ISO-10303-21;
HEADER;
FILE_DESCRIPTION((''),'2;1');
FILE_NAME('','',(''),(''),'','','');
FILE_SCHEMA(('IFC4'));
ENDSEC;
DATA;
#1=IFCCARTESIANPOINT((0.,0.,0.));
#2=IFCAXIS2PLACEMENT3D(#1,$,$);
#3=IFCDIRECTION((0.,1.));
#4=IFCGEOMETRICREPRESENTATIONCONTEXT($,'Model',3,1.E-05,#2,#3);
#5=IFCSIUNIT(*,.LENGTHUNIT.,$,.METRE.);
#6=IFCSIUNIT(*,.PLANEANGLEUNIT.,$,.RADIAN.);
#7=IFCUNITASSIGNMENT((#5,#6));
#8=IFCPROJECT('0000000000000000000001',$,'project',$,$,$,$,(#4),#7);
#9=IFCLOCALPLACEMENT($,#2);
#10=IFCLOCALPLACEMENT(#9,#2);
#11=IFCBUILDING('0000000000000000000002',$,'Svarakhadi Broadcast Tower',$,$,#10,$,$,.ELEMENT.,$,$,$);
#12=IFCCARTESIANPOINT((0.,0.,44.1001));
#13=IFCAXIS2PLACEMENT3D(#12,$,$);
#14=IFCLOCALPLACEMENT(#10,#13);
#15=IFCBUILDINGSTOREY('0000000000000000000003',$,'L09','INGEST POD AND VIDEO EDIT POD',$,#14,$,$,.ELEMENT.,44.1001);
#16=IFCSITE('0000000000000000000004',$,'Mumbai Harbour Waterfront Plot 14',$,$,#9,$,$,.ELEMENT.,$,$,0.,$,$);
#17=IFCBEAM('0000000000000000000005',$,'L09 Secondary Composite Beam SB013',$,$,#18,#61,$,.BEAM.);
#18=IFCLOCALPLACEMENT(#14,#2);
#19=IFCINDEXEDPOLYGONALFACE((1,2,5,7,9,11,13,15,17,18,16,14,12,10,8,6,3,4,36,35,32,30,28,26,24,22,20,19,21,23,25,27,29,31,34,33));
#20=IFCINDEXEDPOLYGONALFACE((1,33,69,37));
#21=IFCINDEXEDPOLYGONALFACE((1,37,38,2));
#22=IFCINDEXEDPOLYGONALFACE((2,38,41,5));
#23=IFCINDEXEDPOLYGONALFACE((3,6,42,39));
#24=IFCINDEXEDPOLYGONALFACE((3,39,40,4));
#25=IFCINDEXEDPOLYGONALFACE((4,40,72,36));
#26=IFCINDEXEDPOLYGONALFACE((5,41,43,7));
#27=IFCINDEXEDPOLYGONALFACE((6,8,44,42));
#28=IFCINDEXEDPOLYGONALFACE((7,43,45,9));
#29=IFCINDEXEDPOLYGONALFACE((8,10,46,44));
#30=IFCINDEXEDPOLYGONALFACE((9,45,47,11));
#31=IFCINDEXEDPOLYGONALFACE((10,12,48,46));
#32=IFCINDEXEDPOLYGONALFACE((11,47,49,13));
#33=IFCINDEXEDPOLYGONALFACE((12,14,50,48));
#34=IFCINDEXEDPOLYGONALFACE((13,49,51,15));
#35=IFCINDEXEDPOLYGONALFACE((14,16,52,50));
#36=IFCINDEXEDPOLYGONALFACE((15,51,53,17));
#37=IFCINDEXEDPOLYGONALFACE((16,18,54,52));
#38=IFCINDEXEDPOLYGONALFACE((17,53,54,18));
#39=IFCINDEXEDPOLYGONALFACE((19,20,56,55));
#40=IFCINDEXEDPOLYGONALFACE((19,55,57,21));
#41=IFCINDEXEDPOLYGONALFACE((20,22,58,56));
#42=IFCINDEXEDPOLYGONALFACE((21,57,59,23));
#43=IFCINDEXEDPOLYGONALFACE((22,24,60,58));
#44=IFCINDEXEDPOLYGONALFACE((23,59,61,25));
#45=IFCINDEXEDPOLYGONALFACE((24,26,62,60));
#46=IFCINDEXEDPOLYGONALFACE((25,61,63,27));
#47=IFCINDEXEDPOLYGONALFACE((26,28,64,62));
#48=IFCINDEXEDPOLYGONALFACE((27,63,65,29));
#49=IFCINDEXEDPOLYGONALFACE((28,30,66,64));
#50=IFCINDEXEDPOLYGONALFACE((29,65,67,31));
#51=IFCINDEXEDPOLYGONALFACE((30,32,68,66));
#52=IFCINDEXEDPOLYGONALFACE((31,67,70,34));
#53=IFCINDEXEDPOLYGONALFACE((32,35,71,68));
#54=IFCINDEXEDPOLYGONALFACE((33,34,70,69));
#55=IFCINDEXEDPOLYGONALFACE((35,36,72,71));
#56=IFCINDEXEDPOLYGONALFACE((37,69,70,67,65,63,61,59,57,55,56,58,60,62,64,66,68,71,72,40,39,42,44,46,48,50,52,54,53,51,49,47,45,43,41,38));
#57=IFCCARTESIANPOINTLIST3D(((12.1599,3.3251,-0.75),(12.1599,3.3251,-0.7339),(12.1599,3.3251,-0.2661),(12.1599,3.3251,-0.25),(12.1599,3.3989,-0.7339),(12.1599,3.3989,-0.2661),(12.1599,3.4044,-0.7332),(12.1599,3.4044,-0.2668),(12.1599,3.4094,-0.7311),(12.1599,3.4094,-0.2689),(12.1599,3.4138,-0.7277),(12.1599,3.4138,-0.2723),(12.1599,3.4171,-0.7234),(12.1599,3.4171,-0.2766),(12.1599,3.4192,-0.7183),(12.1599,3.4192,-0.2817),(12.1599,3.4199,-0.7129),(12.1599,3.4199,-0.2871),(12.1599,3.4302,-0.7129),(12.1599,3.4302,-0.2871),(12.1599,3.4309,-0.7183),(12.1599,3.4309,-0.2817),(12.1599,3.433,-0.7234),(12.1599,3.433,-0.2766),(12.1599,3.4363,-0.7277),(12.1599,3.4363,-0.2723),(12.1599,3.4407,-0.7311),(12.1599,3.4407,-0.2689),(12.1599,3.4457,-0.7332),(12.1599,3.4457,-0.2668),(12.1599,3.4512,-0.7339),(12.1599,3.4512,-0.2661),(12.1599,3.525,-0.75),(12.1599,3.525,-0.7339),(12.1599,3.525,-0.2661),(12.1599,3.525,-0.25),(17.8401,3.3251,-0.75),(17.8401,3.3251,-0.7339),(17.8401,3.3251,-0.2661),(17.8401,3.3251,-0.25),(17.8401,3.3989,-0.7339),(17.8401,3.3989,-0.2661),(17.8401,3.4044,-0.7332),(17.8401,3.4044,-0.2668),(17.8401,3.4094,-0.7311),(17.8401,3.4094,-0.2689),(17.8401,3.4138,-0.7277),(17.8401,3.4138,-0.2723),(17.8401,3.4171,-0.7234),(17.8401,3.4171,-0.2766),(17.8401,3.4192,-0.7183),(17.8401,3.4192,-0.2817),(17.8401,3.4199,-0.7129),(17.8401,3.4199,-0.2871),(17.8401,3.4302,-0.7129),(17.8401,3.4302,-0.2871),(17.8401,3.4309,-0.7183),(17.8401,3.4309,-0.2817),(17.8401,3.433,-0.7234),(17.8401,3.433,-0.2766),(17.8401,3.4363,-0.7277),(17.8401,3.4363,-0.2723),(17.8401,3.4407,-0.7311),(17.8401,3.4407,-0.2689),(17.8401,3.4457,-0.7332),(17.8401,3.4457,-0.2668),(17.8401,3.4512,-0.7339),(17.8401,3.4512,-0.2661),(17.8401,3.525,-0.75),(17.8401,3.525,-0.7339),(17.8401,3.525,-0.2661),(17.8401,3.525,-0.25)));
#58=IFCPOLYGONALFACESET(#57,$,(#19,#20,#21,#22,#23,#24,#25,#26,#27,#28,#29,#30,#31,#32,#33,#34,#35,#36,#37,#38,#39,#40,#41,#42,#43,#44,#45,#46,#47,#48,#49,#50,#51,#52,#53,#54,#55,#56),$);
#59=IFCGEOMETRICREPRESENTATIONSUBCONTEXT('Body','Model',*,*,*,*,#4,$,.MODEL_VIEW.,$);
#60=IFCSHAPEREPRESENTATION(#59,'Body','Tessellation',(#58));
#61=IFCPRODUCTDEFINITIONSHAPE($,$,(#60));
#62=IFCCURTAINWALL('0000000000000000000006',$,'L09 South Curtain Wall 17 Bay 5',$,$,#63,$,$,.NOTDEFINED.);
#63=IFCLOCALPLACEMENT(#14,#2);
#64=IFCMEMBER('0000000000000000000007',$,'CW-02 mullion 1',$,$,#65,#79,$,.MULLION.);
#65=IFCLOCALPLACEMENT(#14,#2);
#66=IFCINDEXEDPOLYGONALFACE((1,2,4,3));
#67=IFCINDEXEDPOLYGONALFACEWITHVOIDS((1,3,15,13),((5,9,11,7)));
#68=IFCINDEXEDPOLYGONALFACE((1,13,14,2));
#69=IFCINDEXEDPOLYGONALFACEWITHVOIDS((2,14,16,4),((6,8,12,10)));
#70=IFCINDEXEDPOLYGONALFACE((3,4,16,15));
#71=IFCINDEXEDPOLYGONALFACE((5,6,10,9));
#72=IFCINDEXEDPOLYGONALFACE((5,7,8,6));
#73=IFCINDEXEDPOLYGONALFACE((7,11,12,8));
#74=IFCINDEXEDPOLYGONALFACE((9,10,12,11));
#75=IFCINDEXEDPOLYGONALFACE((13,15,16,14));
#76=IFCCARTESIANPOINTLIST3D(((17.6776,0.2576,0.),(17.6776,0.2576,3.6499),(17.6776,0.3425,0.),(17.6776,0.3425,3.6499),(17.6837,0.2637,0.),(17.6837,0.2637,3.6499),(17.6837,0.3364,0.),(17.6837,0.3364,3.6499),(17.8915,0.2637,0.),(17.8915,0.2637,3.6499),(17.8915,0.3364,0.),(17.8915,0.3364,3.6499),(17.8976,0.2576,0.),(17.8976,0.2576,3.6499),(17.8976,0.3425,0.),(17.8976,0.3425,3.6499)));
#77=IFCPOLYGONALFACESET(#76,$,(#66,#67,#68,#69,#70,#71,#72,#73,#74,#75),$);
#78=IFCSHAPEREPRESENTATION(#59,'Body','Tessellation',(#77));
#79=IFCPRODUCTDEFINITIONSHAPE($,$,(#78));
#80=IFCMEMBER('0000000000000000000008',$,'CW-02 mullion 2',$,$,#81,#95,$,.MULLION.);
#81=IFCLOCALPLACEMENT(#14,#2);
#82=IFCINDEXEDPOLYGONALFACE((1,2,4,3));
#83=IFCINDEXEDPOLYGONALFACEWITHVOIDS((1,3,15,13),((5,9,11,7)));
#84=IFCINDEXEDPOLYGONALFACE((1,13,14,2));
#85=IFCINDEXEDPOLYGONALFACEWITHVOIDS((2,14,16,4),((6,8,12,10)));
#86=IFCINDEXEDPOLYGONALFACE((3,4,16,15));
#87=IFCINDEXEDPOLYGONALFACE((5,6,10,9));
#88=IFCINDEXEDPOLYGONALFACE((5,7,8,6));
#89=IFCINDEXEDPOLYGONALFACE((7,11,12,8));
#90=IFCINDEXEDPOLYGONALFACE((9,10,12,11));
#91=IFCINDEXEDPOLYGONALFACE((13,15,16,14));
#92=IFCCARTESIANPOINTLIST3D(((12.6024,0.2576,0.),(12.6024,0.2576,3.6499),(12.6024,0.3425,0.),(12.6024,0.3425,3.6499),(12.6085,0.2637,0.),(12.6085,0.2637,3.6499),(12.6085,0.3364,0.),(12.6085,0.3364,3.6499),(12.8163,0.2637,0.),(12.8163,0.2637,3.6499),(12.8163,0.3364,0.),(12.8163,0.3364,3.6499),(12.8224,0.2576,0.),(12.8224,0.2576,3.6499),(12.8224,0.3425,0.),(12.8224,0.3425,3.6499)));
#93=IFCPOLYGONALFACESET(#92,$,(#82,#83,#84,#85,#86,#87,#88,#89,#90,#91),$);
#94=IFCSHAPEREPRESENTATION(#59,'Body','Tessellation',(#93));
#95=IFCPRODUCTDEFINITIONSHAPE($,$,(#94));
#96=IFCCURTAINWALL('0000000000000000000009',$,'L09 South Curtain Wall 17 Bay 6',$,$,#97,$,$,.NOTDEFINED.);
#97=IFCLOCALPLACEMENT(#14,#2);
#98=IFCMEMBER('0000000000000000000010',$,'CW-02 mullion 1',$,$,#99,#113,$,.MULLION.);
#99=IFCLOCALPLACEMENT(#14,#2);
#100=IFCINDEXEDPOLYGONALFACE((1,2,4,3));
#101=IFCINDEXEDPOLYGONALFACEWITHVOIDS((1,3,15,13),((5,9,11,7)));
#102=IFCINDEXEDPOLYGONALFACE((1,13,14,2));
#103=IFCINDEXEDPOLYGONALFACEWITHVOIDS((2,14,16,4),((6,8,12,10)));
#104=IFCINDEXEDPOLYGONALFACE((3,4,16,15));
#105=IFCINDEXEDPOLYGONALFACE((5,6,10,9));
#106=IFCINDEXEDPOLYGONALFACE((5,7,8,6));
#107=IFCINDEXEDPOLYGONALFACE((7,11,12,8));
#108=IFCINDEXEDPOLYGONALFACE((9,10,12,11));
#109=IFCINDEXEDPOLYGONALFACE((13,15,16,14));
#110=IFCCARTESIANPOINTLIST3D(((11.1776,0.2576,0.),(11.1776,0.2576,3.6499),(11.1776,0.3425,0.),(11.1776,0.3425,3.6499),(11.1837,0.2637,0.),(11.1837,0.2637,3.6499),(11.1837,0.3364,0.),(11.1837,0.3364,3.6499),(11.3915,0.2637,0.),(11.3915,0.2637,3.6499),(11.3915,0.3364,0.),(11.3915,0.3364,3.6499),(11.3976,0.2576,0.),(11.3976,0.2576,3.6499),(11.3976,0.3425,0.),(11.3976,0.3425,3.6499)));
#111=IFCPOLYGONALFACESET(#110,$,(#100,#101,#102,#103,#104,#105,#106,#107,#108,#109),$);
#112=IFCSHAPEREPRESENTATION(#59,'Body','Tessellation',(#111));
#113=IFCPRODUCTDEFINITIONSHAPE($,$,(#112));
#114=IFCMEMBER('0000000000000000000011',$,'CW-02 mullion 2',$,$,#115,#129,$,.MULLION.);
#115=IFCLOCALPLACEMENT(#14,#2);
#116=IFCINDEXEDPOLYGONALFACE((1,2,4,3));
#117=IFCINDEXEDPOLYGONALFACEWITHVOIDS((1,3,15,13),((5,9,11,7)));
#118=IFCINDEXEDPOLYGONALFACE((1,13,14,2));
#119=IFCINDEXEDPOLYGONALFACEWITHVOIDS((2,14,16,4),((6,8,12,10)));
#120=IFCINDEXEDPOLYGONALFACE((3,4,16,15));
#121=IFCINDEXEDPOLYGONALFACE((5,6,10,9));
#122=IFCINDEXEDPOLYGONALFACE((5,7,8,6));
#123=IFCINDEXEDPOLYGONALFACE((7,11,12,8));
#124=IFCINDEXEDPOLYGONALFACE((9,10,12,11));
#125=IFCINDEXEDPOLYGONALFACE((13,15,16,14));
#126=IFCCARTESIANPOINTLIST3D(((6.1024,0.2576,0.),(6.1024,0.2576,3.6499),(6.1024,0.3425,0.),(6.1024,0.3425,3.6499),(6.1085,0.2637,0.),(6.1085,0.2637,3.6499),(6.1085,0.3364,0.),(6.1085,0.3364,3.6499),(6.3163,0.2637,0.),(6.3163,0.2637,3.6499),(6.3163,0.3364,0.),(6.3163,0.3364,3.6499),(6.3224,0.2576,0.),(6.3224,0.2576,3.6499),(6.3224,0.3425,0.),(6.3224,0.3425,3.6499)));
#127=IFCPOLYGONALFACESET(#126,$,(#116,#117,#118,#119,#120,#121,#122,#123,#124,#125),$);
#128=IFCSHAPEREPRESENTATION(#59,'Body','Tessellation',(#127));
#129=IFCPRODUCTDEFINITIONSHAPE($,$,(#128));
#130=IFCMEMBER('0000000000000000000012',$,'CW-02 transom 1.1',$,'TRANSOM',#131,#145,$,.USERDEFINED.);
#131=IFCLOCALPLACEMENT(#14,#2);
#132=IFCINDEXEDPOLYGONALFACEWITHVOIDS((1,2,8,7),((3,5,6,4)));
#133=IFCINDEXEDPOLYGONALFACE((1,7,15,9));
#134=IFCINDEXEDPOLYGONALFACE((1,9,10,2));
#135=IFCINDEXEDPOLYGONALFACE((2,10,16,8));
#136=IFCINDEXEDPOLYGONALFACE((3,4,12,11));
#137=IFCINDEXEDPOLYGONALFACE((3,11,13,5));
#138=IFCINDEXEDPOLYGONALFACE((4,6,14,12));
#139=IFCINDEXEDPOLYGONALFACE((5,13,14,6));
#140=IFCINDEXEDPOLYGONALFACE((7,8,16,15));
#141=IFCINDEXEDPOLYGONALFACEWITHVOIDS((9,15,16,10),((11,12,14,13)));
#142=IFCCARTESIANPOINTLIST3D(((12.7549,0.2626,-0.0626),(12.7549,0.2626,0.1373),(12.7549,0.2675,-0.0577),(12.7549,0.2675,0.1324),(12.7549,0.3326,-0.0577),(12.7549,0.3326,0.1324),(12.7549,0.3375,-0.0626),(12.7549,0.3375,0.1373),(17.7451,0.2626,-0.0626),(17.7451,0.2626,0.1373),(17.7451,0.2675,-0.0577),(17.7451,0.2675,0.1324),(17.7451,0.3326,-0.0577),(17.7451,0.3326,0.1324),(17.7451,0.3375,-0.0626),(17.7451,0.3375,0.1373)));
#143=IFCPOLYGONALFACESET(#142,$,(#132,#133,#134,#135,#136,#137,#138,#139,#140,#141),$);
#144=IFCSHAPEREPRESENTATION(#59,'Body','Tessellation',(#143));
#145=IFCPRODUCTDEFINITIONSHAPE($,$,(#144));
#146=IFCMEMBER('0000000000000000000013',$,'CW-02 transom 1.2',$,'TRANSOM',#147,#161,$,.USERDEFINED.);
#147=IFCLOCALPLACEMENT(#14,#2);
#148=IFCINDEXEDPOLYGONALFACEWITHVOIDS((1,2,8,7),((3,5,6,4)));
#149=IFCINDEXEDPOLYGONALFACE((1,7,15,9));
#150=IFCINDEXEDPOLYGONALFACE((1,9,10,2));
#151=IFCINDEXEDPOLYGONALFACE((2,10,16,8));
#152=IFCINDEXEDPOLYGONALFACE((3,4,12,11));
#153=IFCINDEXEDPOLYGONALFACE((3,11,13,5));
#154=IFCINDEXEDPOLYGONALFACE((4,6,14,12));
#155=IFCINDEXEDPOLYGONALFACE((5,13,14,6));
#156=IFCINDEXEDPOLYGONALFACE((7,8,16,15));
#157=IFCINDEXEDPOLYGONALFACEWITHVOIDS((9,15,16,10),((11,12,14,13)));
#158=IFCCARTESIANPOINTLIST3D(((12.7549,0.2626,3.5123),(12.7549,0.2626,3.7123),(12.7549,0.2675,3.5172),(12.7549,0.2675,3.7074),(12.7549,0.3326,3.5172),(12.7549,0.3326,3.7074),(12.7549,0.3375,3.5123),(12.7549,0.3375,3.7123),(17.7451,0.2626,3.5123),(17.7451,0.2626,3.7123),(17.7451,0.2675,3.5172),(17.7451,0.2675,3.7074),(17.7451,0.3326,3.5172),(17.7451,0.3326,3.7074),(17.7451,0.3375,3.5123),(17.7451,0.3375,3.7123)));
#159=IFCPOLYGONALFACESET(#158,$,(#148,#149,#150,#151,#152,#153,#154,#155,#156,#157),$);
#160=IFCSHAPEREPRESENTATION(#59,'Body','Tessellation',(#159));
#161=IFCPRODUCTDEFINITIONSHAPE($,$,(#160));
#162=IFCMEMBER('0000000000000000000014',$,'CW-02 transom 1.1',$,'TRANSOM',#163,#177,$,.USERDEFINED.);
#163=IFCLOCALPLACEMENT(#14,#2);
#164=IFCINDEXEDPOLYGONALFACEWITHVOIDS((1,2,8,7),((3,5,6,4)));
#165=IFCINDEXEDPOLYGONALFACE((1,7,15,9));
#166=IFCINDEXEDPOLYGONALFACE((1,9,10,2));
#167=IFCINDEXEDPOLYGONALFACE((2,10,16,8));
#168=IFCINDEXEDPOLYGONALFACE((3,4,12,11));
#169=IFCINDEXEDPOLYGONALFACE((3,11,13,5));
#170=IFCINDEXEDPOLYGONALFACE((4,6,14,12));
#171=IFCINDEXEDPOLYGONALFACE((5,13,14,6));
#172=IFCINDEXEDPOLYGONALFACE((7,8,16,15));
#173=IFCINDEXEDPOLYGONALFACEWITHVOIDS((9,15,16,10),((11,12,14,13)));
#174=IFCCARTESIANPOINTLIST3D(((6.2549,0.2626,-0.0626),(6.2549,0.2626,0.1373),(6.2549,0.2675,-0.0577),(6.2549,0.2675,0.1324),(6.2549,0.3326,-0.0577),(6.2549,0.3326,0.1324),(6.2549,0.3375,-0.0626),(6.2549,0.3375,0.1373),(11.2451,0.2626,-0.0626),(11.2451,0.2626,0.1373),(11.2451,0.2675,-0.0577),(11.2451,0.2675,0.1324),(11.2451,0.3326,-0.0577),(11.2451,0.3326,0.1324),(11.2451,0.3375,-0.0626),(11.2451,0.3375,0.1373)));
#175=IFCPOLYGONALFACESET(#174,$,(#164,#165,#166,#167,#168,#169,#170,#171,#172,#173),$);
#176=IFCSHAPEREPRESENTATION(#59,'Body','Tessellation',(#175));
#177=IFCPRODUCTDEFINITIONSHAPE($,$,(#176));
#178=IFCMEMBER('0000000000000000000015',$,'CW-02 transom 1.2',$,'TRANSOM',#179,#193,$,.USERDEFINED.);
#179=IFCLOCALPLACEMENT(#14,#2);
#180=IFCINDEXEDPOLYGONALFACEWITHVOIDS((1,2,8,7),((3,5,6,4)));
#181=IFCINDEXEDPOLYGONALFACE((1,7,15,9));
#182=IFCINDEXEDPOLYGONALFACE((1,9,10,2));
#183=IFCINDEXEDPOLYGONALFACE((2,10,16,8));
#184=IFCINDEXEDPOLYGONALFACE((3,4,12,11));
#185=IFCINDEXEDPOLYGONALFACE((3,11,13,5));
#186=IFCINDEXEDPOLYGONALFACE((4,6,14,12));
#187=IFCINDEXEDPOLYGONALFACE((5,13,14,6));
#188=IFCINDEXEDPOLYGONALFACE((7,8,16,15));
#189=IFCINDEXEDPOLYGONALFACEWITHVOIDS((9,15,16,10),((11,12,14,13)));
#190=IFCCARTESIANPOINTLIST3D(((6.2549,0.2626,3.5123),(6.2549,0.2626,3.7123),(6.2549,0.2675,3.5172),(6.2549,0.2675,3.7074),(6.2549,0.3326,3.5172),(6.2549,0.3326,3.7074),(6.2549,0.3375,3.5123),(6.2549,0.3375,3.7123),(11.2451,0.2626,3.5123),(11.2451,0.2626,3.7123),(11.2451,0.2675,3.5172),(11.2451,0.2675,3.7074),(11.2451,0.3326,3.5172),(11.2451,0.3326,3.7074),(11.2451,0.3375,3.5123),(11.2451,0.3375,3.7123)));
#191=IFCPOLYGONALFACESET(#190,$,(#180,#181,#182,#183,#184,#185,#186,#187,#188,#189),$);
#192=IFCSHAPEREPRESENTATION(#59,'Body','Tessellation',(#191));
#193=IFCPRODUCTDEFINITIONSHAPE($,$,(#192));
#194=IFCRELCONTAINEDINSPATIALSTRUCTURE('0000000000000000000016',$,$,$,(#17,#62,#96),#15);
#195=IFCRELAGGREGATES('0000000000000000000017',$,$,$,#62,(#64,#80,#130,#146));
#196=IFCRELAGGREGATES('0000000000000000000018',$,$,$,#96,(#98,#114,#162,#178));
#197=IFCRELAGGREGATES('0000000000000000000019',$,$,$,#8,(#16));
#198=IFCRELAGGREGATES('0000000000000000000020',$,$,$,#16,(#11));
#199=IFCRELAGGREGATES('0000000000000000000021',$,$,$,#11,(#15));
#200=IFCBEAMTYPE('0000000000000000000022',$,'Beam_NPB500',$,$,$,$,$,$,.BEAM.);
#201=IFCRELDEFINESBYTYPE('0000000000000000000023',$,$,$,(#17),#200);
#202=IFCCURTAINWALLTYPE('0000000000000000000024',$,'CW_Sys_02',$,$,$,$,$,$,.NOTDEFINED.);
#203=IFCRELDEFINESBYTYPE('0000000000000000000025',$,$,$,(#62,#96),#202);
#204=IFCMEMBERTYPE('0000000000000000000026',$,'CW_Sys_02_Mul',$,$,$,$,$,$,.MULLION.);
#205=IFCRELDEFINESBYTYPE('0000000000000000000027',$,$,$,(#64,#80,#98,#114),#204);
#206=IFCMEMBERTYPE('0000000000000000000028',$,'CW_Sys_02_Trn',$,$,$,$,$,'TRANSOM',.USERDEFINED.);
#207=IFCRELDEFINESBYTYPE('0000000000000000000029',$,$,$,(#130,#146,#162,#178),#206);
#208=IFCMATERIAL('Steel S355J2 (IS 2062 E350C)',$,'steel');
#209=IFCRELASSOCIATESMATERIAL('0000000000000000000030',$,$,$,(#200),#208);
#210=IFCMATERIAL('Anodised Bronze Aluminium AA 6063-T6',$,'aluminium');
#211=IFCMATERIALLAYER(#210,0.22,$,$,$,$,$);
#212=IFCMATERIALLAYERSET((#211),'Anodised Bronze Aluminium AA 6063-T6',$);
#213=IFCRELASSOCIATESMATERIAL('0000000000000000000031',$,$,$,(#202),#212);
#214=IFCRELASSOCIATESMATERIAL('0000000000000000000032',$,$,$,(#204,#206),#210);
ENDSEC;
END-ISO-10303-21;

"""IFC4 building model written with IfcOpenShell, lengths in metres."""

from ifc_helpers import new_model, si_unit, direction, frame, origin, origin_2d, place, context, subcontext, project, spatial, hollow_rectangle, i_section, extrude, material, layer, layer_set, material_profile, profile_set, type_object, element, aggregate, save


model = new_model("IFC4")

# Units and contexts
model_context = context("Model", 3, precision=1e-05, world=origin(), true_north=direction((0.0, 1.0)))
body_context = subcontext(model_context, "Body", "Model", "MODEL_VIEW")
ifc_project = project(units=[si_unit("LENGTHUNIT", "METRE"), si_unit("PLANEANGLEUNIT", "RADIAN")], contexts=[model_context])

# Site, building, storey
site_placement = place(None, origin())
site = spatial("IfcSite", under=ifc_project, at=site_placement, Name="Mumbai Harbour Waterfront Plot 14", CompositionType="ELEMENT", RefElevation=0.0)
building_placement = place(site_placement, origin())
building = spatial("IfcBuilding", under=site, at=building_placement, Name="Svarakhadi Broadcast Tower", CompositionType="ELEMENT")
storey_placement = place(building_placement, frame((0.0, 0.0, 44.1001)))
storey = spatial("IfcBuildingStorey", under=building, at=storey_placement, Name="L09", Description="INGEST POD AND VIDEO EDIT POD", CompositionType="ELEMENT", Elevation=44.1001)

# Beam
ifc_material_1 = material(Name="Steel S355J2 (IS 2062 E350C)", Category="steel")
ifc_material_profile_1 = material_profile(ifc_material_1, i_section(OverallWidth=0.2, OverallDepth=0.5, WebThickness=0.0103, FlangeThickness=0.0161, FilletRadius=0.021, at=origin_2d()), Name="NPB 500x200x91")
ifc_profile_set_1 = profile_set([ifc_material_profile_1], Name="Steel S355J2 (IS 2062 E350C)")
beam_type_1 = type_object("IfcBeamType", Name="Beam_NPB500", PredefinedType="BEAM", material=ifc_profile_set_1)
for number, where, z_axis, x_axis, name in (
    (1, (12.1599, 3.425, -0.5), (1.0, 0.0, 0.0), (0.0, 1.0, 0.0), "L09 Secondary Composite Beam SB013"),
):
    element("IfcBeam", number, at=place(storey_placement, frame(where, z_axis=z_axis, x_axis=x_axis)), inside=storey, type_object=beam_type_1, Name=name, PredefinedType="BEAM", context=body_context, shape_type="SweptSolid", body=[
        extrude(i_section(OverallWidth=0.2, OverallDepth=0.5, WebThickness=0.0103, FlangeThickness=0.0161, FilletRadius=0.021, at=origin_2d()), origin(), (0.0, 0.0, 1.0), 5.6802),
    ])

# Curtain walls, members
ifc_material_2 = material(Name="Anodised Bronze Aluminium AA 6063-T6", Category="aluminium")
ifc_layer_1 = layer(ifc_material_2, 0.22)
ifc_layer_set_1 = layer_set([ifc_layer_1], Name="Anodised Bronze Aluminium AA 6063-T6")
curtain_wall_type = type_object("IfcCurtainWallType", Name="CW_Sys_02", PredefinedType="NOTDEFINED", material=ifc_layer_set_1)
curtain_wall_1_placement = place(storey_placement, origin())
curtain_wall_1 = element("IfcCurtainWall", 2, at=curtain_wall_1_placement, inside=storey, type_object=curtain_wall_type, Name="L09 South Curtain Wall 17 Bay 5", PredefinedType="NOTDEFINED")
ifc_material_profile_2 = material_profile(ifc_material_2, hollow_rectangle(XDim=0.085, YDim=0.22, WallThickness=0.0061, at=origin_2d()), Name="ALU MULLION 220x85x6")
ifc_profile_set_2 = profile_set([ifc_material_profile_2], Name="Anodised Bronze Aluminium AA 6063-T6")
member_type_1 = type_object("IfcMemberType", Name="CW_Sys_02_Mul", PredefinedType="MULLION", material=ifc_profile_set_2)
member_1_placement = place(storey_placement, frame((17.7876, 0.3, 0.0), z_axis=(0.0, 0.0, 1.0), x_axis=(0.0, -1.0, 0.0)))
member_1 = element("IfcMember", 3, at=member_1_placement, type_object=member_type_1, Name="CW-02 mullion 1", PredefinedType="MULLION", context=body_context, shape_type="SweptSolid", body=[
    extrude(hollow_rectangle(XDim=0.085, YDim=0.22, WallThickness=0.0061, at=origin_2d()), origin(), (0.0, 0.0, 1.0), 3.6499),
])
member_2_placement = place(storey_placement, frame((12.7124, 0.3, 0.0), z_axis=(0.0, 0.0, 1.0), x_axis=(0.0, -1.0, 0.0)))
member_2 = element("IfcMember", 4, at=member_2_placement, type_object=member_type_1, Name="CW-02 mullion 2", PredefinedType="MULLION", context=body_context, shape_type="SweptSolid", body=[
    extrude(hollow_rectangle(XDim=0.085, YDim=0.22, WallThickness=0.0061, at=origin_2d()), origin(), (0.0, 0.0, 1.0), 3.6499),
])
curtain_wall_2_placement = place(storey_placement, origin())
curtain_wall_2 = element("IfcCurtainWall", 5, at=curtain_wall_2_placement, inside=storey, type_object=curtain_wall_type, Name="L09 South Curtain Wall 17 Bay 6", PredefinedType="NOTDEFINED")
member_3_placement = place(storey_placement, frame((11.2876, 0.3, 0.0), z_axis=(0.0, 0.0, 1.0), x_axis=(0.0, -1.0, 0.0)))
member_3 = element("IfcMember", 6, at=member_3_placement, type_object=member_type_1, Name="CW-02 mullion 1", PredefinedType="MULLION", context=body_context, shape_type="SweptSolid", body=[
    extrude(hollow_rectangle(XDim=0.085, YDim=0.22, WallThickness=0.0061, at=origin_2d()), origin(), (0.0, 0.0, 1.0), 3.6499),
])
member_4_placement = place(storey_placement, frame((6.2124, 0.3, 0.0), z_axis=(0.0, 0.0, 1.0), x_axis=(0.0, -1.0, 0.0)))
member_4 = element("IfcMember", 7, at=member_4_placement, type_object=member_type_1, Name="CW-02 mullion 2", PredefinedType="MULLION", context=body_context, shape_type="SweptSolid", body=[
    extrude(hollow_rectangle(XDim=0.085, YDim=0.22, WallThickness=0.0061, at=origin_2d()), origin(), (0.0, 0.0, 1.0), 3.6499),
])

# Members
ifc_material_profile_3 = material_profile(ifc_material_2, hollow_rectangle(XDim=0.075, YDim=0.2, WallThickness=0.0049, at=origin_2d()), Name="ALU TRANSOM 200x75x5")
ifc_profile_set_3 = profile_set([ifc_material_profile_3], Name="Anodised Bronze Aluminium AA 6063-T6")
member_type_2 = type_object("IfcMemberType", Name="CW_Sys_02_Trn", ElementType="TRANSOM", PredefinedType="USERDEFINED", material=ifc_profile_set_3)
member_5_placement = place(storey_placement, frame((17.7451, 0.3, 0.0374), z_axis=(-1.0, 0.0, 0.0), x_axis=(0.0, -1.0, 0.0)))
member_5 = element("IfcMember", 8, at=member_5_placement, type_object=member_type_2, Name="CW-02 transom 1.1", ObjectType="TRANSOM", PredefinedType="USERDEFINED", context=body_context, shape_type="SweptSolid", body=[
    extrude(hollow_rectangle(XDim=0.075, YDim=0.2, WallThickness=0.0049, at=origin_2d()), origin(), (0.0, 0.0, 1.0), 4.9902),
])
member_6_placement = place(storey_placement, frame((17.7451, 0.3, 3.6123), z_axis=(-1.0, 0.0, 0.0), x_axis=(0.0, -1.0, 0.0)))
member_6 = element("IfcMember", 9, at=member_6_placement, type_object=member_type_2, Name="CW-02 transom 1.2", ObjectType="TRANSOM", PredefinedType="USERDEFINED", context=body_context, shape_type="SweptSolid", body=[
    extrude(hollow_rectangle(XDim=0.075, YDim=0.2, WallThickness=0.0049, at=origin_2d()), origin(), (0.0, 0.0, 1.0), 4.9902),
])
member_7_placement = place(storey_placement, frame((11.2451, 0.3, 0.0374), z_axis=(-1.0, 0.0, 0.0), x_axis=(0.0, -1.0, 0.0)))
member_7 = element("IfcMember", 10, at=member_7_placement, type_object=member_type_2, Name="CW-02 transom 1.1", ObjectType="TRANSOM", PredefinedType="USERDEFINED", context=body_context, shape_type="SweptSolid", body=[
    extrude(hollow_rectangle(XDim=0.075, YDim=0.2, WallThickness=0.0049, at=origin_2d()), origin(), (0.0, 0.0, 1.0), 4.9902),
])
member_8_placement = place(storey_placement, frame((11.2451, 0.3, 3.6123), z_axis=(-1.0, 0.0, 0.0), x_axis=(0.0, -1.0, 0.0)))
member_8 = element("IfcMember", 11, at=member_8_placement, type_object=member_type_2, Name="CW-02 transom 1.2", ObjectType="TRANSOM", PredefinedType="USERDEFINED", context=body_context, shape_type="SweptSolid", body=[
    extrude(hollow_rectangle(XDim=0.075, YDim=0.2, WallThickness=0.0049, at=origin_2d()), origin(), (0.0, 0.0, 1.0), 4.9902),
])

aggregate(curtain_wall_1, [member_1, member_2, member_5, member_6])
aggregate(curtain_wall_2, [member_3, member_4, member_7, member_8])

save(model, "model.ifc")
